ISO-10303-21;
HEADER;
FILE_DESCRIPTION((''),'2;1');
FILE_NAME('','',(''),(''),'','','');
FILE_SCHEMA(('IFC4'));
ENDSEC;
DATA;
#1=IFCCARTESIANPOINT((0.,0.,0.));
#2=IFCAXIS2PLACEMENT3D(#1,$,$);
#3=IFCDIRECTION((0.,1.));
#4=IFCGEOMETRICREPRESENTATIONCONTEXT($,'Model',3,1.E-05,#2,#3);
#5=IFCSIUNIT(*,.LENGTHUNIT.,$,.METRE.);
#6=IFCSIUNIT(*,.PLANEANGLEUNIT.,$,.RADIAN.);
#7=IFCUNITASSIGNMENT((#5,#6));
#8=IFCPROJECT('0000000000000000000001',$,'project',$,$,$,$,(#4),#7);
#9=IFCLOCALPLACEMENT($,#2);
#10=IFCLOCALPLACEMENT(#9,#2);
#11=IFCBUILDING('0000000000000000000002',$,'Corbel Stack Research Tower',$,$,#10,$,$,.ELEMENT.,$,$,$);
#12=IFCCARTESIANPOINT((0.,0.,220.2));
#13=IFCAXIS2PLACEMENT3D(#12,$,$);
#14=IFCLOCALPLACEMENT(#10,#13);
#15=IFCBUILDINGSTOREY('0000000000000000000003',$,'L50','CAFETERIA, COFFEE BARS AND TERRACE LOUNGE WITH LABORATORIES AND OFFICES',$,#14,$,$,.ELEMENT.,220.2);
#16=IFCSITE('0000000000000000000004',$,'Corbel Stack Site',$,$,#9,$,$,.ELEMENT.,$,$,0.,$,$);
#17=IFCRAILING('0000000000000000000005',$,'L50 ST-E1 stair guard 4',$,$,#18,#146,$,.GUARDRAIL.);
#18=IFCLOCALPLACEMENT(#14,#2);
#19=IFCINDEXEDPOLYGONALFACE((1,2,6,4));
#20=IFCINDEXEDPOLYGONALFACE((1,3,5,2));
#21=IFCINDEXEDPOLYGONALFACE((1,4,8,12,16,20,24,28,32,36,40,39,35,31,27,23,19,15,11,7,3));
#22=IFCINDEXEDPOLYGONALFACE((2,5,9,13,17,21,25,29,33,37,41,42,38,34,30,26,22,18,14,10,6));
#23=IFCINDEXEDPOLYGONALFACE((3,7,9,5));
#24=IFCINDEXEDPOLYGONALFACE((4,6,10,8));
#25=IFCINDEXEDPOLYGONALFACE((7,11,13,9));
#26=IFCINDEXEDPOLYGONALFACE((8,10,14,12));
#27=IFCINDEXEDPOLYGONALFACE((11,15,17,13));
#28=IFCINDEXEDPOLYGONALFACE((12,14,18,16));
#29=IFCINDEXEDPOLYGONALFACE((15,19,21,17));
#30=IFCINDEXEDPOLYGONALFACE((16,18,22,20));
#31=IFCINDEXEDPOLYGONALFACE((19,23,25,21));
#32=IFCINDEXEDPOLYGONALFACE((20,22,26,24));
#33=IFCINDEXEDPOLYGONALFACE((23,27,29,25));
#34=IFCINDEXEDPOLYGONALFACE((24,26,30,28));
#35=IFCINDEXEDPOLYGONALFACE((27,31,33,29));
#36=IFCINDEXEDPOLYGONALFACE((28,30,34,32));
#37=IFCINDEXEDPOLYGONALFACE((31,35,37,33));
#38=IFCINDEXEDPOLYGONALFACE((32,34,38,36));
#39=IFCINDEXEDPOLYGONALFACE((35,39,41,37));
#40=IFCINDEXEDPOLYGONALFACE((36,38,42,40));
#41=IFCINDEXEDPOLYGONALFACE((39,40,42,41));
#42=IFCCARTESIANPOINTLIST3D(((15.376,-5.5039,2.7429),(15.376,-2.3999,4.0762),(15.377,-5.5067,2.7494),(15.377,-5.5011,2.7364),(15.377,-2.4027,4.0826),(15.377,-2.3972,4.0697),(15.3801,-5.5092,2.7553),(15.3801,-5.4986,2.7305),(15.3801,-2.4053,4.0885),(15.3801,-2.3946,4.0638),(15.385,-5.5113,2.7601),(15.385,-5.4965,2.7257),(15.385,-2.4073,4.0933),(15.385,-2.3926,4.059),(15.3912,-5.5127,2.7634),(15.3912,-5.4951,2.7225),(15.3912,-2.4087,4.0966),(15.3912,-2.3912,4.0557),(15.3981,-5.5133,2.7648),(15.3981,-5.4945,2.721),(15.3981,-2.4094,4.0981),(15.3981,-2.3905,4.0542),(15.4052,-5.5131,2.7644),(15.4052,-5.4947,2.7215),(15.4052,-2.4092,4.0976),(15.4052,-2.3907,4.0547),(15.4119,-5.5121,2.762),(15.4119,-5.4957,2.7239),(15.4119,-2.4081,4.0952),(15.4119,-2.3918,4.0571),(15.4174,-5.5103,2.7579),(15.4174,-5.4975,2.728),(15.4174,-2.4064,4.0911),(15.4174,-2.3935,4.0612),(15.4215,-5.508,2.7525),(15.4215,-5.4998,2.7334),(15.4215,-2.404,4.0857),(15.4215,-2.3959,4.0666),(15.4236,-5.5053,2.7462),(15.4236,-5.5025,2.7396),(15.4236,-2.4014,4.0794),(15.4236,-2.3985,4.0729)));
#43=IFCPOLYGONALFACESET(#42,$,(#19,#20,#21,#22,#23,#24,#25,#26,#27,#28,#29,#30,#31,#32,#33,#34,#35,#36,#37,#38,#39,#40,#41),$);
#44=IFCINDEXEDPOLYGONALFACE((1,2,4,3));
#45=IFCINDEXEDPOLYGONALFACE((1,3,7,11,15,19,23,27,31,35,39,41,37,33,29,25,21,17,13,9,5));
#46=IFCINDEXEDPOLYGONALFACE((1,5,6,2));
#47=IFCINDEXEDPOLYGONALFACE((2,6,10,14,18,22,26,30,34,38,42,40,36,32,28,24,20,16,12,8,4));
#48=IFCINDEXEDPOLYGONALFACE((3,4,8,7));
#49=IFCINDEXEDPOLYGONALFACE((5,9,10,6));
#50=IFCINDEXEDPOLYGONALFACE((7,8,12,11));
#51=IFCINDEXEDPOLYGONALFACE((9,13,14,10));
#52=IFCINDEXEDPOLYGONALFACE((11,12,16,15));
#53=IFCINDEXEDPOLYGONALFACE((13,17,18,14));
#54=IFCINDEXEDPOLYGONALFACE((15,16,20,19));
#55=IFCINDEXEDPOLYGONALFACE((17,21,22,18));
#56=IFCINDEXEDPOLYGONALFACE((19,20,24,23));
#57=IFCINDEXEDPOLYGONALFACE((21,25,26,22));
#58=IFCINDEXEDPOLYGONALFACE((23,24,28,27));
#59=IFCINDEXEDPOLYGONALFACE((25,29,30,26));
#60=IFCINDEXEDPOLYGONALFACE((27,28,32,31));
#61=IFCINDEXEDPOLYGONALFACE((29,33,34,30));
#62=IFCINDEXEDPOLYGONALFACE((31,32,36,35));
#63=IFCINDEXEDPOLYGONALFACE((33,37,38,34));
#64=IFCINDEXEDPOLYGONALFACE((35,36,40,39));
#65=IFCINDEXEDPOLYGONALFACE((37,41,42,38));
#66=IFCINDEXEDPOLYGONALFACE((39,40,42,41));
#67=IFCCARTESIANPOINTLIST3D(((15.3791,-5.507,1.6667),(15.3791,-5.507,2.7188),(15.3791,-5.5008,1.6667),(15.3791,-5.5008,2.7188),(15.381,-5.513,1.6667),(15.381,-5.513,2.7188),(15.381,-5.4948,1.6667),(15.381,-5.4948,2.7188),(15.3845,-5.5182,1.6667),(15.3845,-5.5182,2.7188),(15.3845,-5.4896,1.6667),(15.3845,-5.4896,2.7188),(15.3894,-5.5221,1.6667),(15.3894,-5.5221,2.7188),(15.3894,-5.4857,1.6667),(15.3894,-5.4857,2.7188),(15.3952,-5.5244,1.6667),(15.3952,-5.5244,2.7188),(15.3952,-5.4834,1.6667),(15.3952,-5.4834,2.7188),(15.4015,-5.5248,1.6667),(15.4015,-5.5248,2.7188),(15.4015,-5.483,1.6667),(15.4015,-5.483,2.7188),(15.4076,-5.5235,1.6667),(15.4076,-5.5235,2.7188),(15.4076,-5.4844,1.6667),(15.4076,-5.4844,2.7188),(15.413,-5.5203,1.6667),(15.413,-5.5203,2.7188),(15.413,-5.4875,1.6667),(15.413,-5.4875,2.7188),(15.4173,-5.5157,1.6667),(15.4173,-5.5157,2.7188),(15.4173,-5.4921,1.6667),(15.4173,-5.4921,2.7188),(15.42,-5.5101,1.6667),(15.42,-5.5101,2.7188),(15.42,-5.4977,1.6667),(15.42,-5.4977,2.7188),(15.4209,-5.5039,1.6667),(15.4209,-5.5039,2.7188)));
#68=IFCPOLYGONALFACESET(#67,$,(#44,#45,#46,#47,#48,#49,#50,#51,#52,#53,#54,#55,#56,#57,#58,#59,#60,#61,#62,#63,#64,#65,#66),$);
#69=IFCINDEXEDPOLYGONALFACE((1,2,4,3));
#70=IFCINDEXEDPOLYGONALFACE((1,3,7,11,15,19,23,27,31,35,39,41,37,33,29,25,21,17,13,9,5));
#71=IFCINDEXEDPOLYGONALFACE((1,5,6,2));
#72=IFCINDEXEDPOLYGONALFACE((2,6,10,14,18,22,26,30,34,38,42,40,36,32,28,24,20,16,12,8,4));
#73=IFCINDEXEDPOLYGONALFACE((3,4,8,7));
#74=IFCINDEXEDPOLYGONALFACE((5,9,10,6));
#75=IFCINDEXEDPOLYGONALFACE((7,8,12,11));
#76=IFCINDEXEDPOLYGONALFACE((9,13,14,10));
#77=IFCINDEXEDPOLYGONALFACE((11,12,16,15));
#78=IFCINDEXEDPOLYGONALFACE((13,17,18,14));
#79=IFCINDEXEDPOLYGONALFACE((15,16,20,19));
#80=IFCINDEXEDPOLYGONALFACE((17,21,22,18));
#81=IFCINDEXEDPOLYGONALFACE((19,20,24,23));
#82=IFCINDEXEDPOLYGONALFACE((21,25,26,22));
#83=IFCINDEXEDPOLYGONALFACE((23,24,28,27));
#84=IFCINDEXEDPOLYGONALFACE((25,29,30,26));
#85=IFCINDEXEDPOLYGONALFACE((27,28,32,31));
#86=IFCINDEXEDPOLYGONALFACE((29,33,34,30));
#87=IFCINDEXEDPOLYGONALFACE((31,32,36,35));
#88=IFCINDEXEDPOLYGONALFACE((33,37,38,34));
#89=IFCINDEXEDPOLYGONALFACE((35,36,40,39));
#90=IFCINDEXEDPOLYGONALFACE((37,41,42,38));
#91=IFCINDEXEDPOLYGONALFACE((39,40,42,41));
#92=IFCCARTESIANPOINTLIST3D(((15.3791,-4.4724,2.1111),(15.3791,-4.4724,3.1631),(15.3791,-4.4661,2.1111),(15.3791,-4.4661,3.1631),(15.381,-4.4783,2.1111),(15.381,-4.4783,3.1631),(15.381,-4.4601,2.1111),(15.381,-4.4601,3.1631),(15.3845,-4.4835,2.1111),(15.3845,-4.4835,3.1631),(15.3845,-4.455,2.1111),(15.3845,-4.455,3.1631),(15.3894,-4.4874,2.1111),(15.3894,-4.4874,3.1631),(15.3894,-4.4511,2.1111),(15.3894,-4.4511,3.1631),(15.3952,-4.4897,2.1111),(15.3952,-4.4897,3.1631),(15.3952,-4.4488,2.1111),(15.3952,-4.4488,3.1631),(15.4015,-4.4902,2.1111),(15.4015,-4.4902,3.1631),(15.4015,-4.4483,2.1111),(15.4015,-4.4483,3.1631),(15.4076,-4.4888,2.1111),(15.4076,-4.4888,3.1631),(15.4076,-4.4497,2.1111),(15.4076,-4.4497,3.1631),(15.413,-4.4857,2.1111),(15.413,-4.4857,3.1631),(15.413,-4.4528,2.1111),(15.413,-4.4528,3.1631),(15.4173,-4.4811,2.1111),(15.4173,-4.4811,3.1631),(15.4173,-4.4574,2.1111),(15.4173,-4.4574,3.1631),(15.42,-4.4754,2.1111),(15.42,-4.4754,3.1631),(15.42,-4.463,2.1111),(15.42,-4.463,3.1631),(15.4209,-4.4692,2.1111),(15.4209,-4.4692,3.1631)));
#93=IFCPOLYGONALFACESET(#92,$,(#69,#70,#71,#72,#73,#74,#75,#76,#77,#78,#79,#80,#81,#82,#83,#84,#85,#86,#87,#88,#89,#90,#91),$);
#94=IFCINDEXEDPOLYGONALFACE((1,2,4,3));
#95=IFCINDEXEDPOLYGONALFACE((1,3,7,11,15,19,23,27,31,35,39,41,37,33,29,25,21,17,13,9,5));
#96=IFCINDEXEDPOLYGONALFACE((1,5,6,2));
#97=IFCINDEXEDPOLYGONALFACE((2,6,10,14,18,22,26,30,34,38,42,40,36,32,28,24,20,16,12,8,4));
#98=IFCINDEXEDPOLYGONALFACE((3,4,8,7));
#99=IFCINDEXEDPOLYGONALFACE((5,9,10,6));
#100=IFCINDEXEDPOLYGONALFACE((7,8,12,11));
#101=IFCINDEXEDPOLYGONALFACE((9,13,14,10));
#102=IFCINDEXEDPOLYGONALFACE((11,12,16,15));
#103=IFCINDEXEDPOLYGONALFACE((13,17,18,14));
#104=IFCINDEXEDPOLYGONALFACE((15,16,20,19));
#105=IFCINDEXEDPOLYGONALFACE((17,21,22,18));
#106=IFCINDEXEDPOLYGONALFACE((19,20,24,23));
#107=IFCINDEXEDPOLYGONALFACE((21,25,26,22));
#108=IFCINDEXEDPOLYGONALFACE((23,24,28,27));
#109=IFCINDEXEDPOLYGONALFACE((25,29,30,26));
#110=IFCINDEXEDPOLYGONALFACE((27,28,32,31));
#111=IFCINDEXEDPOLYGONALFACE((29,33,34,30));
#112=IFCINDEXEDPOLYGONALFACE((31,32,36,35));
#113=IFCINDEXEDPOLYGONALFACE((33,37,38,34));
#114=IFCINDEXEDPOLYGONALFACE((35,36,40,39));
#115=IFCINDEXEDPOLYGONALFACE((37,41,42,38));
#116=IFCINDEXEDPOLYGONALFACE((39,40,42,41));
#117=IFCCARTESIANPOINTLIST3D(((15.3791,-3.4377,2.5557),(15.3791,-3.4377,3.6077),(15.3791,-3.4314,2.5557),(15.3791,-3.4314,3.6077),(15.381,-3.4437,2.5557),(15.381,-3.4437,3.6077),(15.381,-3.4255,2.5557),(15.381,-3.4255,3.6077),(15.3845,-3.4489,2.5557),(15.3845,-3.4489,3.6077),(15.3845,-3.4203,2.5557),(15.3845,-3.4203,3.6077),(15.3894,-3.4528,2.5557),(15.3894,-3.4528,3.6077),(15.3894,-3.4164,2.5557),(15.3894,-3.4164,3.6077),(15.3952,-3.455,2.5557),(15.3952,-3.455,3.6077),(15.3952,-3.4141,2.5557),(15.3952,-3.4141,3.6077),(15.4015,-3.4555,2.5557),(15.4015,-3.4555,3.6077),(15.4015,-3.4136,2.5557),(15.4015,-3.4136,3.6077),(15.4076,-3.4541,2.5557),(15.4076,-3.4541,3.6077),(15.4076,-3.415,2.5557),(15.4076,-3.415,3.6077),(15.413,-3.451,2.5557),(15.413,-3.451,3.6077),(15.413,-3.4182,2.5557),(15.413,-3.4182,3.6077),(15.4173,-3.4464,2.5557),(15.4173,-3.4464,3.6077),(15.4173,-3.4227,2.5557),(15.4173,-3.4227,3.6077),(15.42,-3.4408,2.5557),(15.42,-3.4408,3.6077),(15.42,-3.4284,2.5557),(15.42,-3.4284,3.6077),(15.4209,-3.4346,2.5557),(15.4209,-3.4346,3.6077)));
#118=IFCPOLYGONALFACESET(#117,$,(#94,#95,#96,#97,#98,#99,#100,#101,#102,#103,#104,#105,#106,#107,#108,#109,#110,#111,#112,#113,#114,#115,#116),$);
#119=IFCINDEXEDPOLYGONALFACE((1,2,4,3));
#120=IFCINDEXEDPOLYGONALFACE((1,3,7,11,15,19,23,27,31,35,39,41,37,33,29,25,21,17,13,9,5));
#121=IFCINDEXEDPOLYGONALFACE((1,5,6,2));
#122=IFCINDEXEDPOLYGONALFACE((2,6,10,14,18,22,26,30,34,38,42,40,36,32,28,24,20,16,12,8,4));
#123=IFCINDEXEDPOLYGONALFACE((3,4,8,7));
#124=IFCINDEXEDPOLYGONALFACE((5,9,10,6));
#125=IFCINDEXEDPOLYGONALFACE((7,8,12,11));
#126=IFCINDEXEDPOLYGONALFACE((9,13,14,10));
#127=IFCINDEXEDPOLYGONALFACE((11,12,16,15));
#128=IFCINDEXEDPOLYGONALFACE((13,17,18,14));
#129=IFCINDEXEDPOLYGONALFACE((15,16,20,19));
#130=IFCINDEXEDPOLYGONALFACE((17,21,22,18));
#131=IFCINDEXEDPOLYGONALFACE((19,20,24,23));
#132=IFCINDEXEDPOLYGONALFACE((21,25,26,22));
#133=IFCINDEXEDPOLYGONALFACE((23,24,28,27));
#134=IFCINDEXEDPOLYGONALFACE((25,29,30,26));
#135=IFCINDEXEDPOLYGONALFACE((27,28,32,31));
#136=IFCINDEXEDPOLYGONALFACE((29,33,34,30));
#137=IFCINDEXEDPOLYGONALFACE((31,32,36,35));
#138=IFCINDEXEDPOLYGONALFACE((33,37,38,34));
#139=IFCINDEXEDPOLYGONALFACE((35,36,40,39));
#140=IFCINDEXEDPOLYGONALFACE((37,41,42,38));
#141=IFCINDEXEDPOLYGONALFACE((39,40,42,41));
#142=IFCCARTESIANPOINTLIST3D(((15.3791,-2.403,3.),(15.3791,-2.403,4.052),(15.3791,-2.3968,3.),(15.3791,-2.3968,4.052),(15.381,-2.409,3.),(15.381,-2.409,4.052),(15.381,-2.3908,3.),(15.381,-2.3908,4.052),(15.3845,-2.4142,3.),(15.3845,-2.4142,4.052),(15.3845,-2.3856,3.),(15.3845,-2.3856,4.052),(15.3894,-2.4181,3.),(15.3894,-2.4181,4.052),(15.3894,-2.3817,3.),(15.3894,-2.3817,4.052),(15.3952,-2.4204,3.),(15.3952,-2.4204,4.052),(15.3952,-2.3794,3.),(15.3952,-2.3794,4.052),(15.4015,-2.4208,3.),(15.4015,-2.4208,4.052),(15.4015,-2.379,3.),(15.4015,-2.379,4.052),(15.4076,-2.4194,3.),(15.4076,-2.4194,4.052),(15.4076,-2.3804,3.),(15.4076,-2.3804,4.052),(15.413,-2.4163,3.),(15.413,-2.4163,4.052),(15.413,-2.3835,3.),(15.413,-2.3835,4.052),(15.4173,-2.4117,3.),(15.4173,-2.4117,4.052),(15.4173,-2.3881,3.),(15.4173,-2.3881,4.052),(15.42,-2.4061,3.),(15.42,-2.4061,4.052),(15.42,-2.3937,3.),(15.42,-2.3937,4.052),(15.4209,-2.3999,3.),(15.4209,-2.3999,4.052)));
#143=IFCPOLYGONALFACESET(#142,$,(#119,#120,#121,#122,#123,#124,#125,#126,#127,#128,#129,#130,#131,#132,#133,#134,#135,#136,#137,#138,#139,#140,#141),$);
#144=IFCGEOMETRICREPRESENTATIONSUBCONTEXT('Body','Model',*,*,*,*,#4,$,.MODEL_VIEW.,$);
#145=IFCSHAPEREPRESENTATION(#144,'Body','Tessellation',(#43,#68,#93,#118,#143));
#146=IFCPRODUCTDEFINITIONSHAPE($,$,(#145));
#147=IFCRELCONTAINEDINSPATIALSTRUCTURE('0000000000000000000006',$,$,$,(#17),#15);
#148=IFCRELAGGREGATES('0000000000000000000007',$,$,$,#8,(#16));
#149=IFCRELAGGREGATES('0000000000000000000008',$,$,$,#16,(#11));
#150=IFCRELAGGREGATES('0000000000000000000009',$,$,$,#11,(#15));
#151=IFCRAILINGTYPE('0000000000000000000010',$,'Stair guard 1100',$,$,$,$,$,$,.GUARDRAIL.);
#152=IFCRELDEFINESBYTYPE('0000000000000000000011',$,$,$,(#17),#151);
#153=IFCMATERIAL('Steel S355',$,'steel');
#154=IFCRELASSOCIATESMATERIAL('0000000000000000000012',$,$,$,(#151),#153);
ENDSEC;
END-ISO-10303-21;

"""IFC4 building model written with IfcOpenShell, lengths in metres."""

from ifc_helpers import new_model, si_unit, direction, frame, origin, origin_2d, place, context, subcontext, project, spatial, circle, extrude, material, type_object, element, save


model = new_model("IFC4")

# Units and contexts
model_context = context("Model", 3, precision=1e-05, world=origin(), true_north=direction((0.0, 1.0)))
body_context = subcontext(model_context, "Body", "Model", "MODEL_VIEW")
ifc_project = project(units=[si_unit("LENGTHUNIT", "METRE"), si_unit("PLANEANGLEUNIT", "RADIAN")], contexts=[model_context])

# Site, building, storey
site_placement = place(None, origin())
site = spatial("IfcSite", under=ifc_project, at=site_placement, Name="Corbel Stack Site", CompositionType="ELEMENT", RefElevation=0.0)
building_placement = place(site_placement, origin())
building = spatial("IfcBuilding", under=site, at=building_placement, Name="Corbel Stack Research Tower", CompositionType="ELEMENT")
storey_placement = place(building_placement, frame((0.0, 0.0, 220.2)))
storey = spatial("IfcBuildingStorey", under=building, at=storey_placement, Name="L50", Description="CAFETERIA, COFFEE BARS AND TERRACE LOUNGE WITH LABORATORIES AND OFFICES", CompositionType="ELEMENT", Elevation=220.2)

# Railing
ifc_material_1 = material(Name="Steel S355", Category="steel")
railing_type = type_object("IfcRailingType", Name="Stair guard 1100", PredefinedType="GUARDRAIL", material=ifc_material_1)
railing_1_placement = place(storey_placement, frame((15.3999, -5.5039, 1.6667)))
element("IfcRailing", 1, at=railing_1_placement, inside=storey, type_object=railing_type, Name="L50 ST-E1 stair guard 4", PredefinedType="GUARDRAIL", context=body_context, shape_type="SweptSolid", body=[
    extrude(circle(Radius=0.0239, at=origin_2d()), frame((0.0, 0.0, 1.0762), z_axis=(0.0, 0.918827, 0.394661), x_axis=(-1.0, 0.0, 0.0)), (0.0, 0.0, 1.0), 3.3782),
    extrude(circle(Radius=0.021, at=origin_2d()), origin(), (0.0, 0.0, 1.0), 1.052),
    extrude(circle(Radius=0.021, at=origin_2d()), frame((0.0, 1.0347, 0.4443)), (0.0, 0.0, 1.0), 1.052),
    extrude(circle(Radius=0.021, at=origin_2d()), frame((0.0, 2.0693, 0.8889)), (0.0, 0.0, 1.0), 1.052),
    extrude(circle(Radius=0.021, at=origin_2d()), frame((0.0, 3.104, 1.3333)), (0.0, 0.0, 1.0), 1.052),
])

save(model, "model.ifc")
